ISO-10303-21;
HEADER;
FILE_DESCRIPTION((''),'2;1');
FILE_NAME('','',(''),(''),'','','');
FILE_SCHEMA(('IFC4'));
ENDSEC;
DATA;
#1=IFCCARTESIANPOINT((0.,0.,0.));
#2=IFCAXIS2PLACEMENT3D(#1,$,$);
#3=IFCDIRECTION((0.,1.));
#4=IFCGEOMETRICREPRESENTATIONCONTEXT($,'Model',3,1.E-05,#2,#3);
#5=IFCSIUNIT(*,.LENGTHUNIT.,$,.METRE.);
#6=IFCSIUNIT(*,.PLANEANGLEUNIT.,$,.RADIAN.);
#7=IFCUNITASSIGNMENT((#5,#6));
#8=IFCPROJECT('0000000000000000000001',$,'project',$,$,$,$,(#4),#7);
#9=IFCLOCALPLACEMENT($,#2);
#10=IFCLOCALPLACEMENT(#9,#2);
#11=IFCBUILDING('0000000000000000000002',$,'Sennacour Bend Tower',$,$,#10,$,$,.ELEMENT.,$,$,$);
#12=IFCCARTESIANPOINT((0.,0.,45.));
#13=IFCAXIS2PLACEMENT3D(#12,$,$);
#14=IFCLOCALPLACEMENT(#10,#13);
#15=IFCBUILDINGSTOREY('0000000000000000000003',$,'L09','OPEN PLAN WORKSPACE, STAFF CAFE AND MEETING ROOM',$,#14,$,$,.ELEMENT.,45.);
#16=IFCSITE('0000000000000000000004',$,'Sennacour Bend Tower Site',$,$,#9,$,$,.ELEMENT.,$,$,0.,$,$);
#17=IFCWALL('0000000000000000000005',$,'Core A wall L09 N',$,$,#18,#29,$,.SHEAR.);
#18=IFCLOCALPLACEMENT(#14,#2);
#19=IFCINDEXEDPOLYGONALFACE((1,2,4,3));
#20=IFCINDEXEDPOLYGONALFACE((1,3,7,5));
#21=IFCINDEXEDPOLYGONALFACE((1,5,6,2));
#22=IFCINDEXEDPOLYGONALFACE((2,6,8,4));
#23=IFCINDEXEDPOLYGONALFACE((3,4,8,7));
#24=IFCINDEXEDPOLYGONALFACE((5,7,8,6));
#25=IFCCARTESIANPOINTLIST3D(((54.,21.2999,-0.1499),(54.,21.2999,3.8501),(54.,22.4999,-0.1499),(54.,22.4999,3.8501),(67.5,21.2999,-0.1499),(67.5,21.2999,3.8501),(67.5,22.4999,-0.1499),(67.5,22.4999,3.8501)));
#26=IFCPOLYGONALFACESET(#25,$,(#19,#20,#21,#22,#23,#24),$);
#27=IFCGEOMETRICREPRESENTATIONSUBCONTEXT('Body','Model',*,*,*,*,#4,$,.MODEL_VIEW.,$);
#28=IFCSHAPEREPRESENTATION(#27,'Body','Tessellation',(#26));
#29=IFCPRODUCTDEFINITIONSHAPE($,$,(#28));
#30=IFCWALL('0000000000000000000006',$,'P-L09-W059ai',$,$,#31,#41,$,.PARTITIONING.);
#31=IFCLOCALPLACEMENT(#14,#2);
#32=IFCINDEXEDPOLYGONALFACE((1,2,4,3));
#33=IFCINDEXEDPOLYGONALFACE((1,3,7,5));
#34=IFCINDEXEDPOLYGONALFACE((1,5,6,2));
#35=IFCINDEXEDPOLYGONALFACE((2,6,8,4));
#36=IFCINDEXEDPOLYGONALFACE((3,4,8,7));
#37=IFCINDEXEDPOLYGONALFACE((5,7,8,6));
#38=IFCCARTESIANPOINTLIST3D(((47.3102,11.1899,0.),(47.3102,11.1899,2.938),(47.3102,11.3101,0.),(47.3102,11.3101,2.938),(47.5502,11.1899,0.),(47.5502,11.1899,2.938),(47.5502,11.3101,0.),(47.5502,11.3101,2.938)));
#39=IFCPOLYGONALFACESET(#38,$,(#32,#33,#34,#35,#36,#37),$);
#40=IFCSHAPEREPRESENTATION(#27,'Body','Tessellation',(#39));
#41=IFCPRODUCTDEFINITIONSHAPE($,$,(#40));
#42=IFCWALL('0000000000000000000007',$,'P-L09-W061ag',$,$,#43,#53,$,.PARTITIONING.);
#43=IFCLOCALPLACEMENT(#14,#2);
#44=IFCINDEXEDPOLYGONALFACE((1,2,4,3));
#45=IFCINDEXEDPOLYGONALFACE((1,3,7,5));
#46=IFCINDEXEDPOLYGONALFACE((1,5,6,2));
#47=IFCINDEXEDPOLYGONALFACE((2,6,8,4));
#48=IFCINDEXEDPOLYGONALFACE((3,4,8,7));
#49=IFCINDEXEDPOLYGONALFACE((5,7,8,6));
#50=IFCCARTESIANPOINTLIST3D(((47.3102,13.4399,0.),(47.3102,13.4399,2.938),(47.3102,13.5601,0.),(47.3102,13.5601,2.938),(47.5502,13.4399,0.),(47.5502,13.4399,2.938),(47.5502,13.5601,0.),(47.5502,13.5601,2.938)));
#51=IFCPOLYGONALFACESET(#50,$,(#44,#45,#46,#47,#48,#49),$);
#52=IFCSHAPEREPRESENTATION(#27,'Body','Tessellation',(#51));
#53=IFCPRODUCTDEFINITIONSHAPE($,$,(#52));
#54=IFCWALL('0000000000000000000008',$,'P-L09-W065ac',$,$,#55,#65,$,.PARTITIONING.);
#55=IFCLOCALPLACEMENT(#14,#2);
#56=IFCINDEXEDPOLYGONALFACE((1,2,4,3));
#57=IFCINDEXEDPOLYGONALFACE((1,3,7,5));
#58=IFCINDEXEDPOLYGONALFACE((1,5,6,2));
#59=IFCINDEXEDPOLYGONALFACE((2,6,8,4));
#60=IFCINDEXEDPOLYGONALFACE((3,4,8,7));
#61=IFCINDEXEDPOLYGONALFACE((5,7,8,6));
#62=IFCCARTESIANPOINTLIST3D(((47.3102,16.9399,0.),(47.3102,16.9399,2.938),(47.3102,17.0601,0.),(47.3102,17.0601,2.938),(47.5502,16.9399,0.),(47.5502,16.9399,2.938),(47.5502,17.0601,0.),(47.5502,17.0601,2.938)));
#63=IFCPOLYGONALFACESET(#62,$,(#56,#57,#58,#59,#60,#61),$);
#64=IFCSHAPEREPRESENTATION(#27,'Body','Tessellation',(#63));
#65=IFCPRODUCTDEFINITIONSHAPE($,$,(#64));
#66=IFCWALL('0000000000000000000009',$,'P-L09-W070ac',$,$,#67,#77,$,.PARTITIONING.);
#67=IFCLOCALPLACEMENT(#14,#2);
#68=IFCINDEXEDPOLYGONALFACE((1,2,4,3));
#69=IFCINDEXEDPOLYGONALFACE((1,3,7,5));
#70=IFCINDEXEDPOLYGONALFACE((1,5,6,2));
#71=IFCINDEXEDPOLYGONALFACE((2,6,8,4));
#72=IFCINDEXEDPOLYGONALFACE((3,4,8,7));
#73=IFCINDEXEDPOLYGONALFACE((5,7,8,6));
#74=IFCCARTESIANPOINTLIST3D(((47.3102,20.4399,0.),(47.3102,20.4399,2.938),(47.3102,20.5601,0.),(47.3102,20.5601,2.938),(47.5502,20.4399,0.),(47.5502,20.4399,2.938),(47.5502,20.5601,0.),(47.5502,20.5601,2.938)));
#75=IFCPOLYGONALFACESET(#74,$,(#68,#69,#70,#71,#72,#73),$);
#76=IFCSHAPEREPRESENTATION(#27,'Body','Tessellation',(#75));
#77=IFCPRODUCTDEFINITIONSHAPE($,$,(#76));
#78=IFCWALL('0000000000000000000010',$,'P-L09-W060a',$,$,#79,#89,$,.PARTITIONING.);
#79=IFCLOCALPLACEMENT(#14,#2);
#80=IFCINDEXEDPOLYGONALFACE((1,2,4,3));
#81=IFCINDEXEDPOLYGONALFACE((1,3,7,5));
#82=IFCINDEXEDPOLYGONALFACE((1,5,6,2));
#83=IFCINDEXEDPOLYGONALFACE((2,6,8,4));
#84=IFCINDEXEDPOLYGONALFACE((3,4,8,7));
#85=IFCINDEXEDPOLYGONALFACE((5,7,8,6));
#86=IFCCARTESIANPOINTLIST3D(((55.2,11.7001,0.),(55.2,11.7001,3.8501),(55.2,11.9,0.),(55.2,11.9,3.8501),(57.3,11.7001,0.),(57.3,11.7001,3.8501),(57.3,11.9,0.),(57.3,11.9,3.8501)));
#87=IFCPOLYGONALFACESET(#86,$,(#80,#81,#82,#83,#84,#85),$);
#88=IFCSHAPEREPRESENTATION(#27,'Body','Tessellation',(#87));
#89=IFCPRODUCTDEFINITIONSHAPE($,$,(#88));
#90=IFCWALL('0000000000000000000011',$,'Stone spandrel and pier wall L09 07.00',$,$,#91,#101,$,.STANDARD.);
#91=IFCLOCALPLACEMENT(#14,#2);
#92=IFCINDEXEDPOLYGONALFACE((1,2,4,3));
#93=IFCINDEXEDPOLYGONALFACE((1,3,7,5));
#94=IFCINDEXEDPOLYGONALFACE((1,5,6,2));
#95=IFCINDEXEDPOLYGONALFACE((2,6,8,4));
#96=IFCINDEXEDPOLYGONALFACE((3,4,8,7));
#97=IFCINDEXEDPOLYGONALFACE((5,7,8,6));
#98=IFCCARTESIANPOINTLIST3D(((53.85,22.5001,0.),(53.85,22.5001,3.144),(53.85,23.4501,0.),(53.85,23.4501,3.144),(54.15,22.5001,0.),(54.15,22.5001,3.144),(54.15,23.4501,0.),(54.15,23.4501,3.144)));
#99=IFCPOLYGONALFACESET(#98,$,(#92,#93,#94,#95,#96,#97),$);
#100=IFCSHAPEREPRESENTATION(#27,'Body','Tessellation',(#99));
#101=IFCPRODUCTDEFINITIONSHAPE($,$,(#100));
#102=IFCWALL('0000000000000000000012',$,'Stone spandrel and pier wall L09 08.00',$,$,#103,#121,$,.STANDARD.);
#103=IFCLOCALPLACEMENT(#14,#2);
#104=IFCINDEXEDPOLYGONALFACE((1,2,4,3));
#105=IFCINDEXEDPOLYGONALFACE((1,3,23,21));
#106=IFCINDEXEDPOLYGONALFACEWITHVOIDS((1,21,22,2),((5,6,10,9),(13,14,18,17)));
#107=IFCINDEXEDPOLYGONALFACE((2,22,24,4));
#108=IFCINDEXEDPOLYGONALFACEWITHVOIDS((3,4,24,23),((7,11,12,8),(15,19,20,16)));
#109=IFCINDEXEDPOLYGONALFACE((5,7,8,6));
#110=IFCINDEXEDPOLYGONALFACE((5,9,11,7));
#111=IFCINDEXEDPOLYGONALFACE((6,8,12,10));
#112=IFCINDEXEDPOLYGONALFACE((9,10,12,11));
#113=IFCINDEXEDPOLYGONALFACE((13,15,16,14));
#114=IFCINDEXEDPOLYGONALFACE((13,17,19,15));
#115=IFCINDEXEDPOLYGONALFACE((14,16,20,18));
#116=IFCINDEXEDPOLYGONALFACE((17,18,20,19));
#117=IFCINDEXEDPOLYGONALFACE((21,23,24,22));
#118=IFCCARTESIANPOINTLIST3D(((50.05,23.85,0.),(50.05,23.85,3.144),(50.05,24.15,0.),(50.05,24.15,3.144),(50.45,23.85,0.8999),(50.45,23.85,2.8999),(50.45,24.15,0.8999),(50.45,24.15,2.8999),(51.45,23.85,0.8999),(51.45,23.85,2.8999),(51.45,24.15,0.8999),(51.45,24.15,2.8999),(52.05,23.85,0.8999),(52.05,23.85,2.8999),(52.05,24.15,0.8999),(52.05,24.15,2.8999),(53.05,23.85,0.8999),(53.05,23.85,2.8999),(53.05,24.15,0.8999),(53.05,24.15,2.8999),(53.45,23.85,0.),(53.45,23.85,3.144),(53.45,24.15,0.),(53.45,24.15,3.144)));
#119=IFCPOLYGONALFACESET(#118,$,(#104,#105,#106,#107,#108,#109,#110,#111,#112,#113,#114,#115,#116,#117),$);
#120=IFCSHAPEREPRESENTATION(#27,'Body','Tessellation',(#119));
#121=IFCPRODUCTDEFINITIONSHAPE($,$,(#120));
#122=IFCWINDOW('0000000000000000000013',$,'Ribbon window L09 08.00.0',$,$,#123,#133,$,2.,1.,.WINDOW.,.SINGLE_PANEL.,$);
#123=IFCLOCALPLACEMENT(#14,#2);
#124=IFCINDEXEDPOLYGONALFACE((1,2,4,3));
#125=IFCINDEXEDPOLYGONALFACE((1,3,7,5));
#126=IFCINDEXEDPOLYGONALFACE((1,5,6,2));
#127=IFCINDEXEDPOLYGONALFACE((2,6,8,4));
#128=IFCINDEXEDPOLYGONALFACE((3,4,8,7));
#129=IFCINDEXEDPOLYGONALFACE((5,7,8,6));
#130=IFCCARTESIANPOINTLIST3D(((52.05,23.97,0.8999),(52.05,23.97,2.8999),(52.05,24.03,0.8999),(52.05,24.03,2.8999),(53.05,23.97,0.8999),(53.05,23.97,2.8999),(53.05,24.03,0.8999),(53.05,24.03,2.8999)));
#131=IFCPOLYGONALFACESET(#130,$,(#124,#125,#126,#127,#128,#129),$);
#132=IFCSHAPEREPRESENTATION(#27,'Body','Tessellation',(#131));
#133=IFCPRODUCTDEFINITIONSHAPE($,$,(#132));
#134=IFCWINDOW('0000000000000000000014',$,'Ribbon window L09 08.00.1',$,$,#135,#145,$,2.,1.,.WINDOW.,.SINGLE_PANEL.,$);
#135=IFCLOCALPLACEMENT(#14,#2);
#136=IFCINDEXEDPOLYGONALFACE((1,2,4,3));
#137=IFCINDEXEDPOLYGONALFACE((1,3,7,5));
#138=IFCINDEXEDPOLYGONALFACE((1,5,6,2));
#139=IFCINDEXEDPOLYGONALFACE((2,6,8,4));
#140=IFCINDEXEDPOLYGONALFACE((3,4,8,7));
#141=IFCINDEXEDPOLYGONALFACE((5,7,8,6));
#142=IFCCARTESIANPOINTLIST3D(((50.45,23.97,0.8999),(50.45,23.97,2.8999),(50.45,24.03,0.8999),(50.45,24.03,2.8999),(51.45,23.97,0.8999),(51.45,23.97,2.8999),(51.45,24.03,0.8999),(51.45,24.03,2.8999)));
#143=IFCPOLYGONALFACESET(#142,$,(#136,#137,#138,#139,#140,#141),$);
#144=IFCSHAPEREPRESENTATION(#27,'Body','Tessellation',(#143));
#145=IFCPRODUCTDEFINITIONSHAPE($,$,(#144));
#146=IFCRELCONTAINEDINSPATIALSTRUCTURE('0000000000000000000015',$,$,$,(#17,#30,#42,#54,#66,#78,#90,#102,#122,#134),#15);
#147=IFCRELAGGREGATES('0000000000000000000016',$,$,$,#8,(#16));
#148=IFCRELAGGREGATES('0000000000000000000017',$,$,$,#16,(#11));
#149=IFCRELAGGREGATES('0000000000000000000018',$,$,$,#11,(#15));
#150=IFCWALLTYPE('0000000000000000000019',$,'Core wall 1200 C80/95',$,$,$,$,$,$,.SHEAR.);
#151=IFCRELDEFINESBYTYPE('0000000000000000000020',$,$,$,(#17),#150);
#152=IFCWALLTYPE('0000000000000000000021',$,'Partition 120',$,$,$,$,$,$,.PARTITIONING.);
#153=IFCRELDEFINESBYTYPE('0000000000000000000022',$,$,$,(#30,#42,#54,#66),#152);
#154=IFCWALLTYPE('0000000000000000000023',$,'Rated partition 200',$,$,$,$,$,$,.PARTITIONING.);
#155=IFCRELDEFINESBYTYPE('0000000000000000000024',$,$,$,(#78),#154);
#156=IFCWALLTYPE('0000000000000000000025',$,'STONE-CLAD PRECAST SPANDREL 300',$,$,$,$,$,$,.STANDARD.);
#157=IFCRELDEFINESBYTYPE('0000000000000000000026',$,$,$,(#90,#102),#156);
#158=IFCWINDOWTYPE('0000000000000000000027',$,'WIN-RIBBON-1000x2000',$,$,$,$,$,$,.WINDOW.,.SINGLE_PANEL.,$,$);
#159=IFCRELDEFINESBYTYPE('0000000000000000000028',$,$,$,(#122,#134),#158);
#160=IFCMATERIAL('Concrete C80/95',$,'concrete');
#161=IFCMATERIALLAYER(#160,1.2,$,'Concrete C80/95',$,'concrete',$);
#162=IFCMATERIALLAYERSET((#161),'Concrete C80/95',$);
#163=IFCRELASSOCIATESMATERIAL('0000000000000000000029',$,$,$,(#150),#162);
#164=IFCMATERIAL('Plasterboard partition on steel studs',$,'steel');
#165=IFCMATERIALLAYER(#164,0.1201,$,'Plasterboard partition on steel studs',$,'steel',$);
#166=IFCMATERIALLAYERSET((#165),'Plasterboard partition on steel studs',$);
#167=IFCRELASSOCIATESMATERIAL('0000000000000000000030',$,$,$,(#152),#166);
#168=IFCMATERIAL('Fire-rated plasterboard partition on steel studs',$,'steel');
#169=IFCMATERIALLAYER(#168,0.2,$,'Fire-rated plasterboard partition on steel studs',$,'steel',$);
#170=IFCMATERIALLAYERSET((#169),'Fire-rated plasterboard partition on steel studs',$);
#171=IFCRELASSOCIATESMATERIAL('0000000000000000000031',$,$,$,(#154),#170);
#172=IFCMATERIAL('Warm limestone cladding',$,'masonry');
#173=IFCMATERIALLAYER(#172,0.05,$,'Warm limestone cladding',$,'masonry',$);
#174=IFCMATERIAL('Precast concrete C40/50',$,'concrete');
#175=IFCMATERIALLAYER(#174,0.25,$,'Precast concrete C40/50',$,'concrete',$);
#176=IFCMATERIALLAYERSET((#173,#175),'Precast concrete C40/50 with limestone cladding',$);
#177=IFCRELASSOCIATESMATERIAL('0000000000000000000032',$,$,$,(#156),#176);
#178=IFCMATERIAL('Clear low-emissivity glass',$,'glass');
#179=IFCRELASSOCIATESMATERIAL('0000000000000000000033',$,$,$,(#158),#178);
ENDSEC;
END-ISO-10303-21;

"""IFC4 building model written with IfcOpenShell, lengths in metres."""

from ifc_helpers import new_model, si_unit, direction, frame, frame_2d, origin, place, context, subcontext, project, spatial, rectangle, extrude, material, layer, layer_set, type_object, element, fill, save


model = new_model("IFC4")

# Units and contexts
model_context = context("Model", 3, precision=1e-05, world=origin(), true_north=direction((0.0, 1.0)))
body_context = subcontext(model_context, "Body", "Model", "MODEL_VIEW")
ifc_project = project(units=[si_unit("LENGTHUNIT", "METRE"), si_unit("PLANEANGLEUNIT", "RADIAN")], contexts=[model_context])

# Site, building, storey
site_placement = place(None, origin())
site = spatial("IfcSite", under=ifc_project, at=site_placement, Name="Sennacour Bend Tower Site", CompositionType="ELEMENT", RefElevation=0.0)
building_placement = place(site_placement, origin())
building = spatial("IfcBuilding", under=site, at=building_placement, Name="Sennacour Bend Tower", CompositionType="ELEMENT")
storey_placement = place(building_placement, frame((0.0, 0.0, 45.0)))
storey = spatial("IfcBuildingStorey", under=building, at=storey_placement, Name="L09", Description="OPEN PLAN WORKSPACE, STAFF CAFE AND MEETING ROOM", CompositionType="ELEMENT", Elevation=45.0)

# Walls
ifc_material_1 = material(Name="Concrete C80/95", Category="concrete")
ifc_layer_1 = layer(ifc_material_1, 1.2, Name="Concrete C80/95", Category="concrete")
ifc_layer_set_1 = layer_set([ifc_layer_1], Name="Concrete C80/95")
wall_type_1 = type_object("IfcWallType", Name="Core wall 1200 C80/95", PredefinedType="SHEAR", material=ifc_layer_set_1)
wall_1_placement = place(storey_placement, frame((54.0, 21.8999, -0.1499), z_axis=(0.0, 0.0, 1.0), x_axis=(1.0, 0.0, 0.0)))
element("IfcWall", 1, at=wall_1_placement, inside=storey, type_object=wall_type_1, Name="Core A wall L09 N", PredefinedType="SHEAR", context=body_context, shape_type="SweptSolid", body=[
    extrude(rectangle(XDim=13.5, YDim=1.2, at=frame_2d((6.75, 0.0))), origin(), (0.0, 0.0, 1.0), 4.0),
])
ifc_material_2 = material(Name="Plasterboard partition on steel studs", Category="steel")
ifc_layer_2 = layer(ifc_material_2, 0.1201, Name="Plasterboard partition on steel studs", Category="steel")
ifc_layer_set_2 = layer_set([ifc_layer_2], Name="Plasterboard partition on steel studs")
wall_type_2 = type_object("IfcWallType", Name="Partition 120", PredefinedType="PARTITIONING", material=ifc_layer_set_2)
for number, where, z_axis, x_axis, name in (
    (2, (47.3101, 11.25, 0.0), (0.0, 0.0, 1.0), (1.0, 0.0, 0.0), "P-L09-W059ai"),
    (3, (47.3101, 13.5, 0.0), (0.0, 0.0, 1.0), (1.0, 0.0, 0.0), "P-L09-W061ag"),
    (4, (47.3101, 17.0, 0.0), (0.0, 0.0, 1.0), (1.0, 0.0, 0.0), "P-L09-W065ac"),
    (5, (47.3101, 20.5, 0.0), (0.0, 0.0, 1.0), (1.0, 0.0, 0.0), "P-L09-W070ac"),
):
    element("IfcWall", number, at=place(storey_placement, frame(where, z_axis=z_axis, x_axis=x_axis)), inside=storey, type_object=wall_type_2, Name=name, PredefinedType="PARTITIONING", context=body_context, shape_type="SweptSolid", body=[
        extrude(rectangle(XDim=0.24, YDim=0.1201, at=frame_2d((0.1201, 0.0))), origin(), (0.0, 0.0, 1.0), 2.938),
    ])
ifc_material_3 = material(Name="Fire-rated plasterboard partition on steel studs", Category="steel")
ifc_layer_3 = layer(ifc_material_3, 0.2, Name="Fire-rated plasterboard partition on steel studs", Category="steel")
ifc_layer_set_3 = layer_set([ifc_layer_3], Name="Fire-rated plasterboard partition on steel studs")
wall_type_3 = type_object("IfcWallType", Name="Rated partition 200", PredefinedType="PARTITIONING", material=ifc_layer_set_3)
wall_2_placement = place(storey_placement, frame((55.2, 11.8, 0.0), z_axis=(0.0, 0.0, 1.0), x_axis=(1.0, 0.0, 0.0)))
element("IfcWall", 6, at=wall_2_placement, inside=storey, type_object=wall_type_3, Name="P-L09-W060a", PredefinedType="PARTITIONING", context=body_context, shape_type="SweptSolid", body=[
    extrude(rectangle(XDim=2.1001, YDim=0.2, at=frame_2d((1.05, 0.0))), origin(), (0.0, 0.0, 1.0), 3.8501),
])
ifc_material_4 = material(Name="Warm limestone cladding", Category="masonry")
ifc_layer_4 = layer(ifc_material_4, 0.05, Name="Warm limestone cladding", Category="masonry")
ifc_material_5 = material(Name="Precast concrete C40/50", Category="concrete")
ifc_layer_5 = layer(ifc_material_5, 0.25, Name="Precast concrete C40/50", Category="concrete")
ifc_layer_set_4 = layer_set([ifc_layer_4, ifc_layer_5], Name="Precast concrete C40/50 with limestone cladding")
wall_type_4 = type_object("IfcWallType", Name="STONE-CLAD PRECAST SPANDREL 300", PredefinedType="STANDARD", material=ifc_layer_set_4)
wall_3_placement = place(storey_placement, frame((54.0, 22.5, 0.0), z_axis=(0.0, 0.0, 1.0), x_axis=(0.0, 1.0, 0.0)))
element("IfcWall", 7, at=wall_3_placement, inside=storey, type_object=wall_type_4, Name="Stone spandrel and pier wall L09 07.00", PredefinedType="STANDARD", context=body_context, shape_type="SweptSolid", body=[
    extrude(rectangle(XDim=0.95, YDim=0.3, at=frame_2d((0.4751, 0.0))), origin(), (0.0, 0.0, 1.0), 3.144),
])

# Wall, openings, windows
wall_4_placement = place(storey_placement, frame((53.45, 24.0, 0.0), z_axis=(0.0, 0.0, 1.0), x_axis=(-1.0, 0.0, 0.0)))
wall_4 = element("IfcWall", 8, at=wall_4_placement, inside=storey, type_object=wall_type_4, Name="Stone spandrel and pier wall L09 08.00", PredefinedType="STANDARD", context=body_context, shape_type="SweptSolid", body=[
    extrude(rectangle(XDim=3.3999, YDim=0.3, at=frame_2d((1.7, 0.0))), origin(), (0.0, 0.0, 1.0), 3.144),
])
opening_1_placement = place(wall_4_placement, frame((0.3999, 0.0, 0.8999)))
opening_1 = element("IfcOpeningElement", 9, at=opening_1_placement, cuts=wall_4, PredefinedType="OPENING", context=body_context, shape_type="SweptSolid", body=[
    extrude(rectangle(XDim=1.0, YDim=2.0, at=frame_2d((0.5, 1.0))), frame((0.0, 0.1602, 0.0), z_axis=(0.0, -1.0, 0.0), x_axis=(1.0, 0.0, 0.0)), (0.0, 0.0, 1.0), 0.3201),
])
opening_2_placement = place(wall_4_placement, frame((2.0, 0.0, 0.8999)))
opening_2 = element("IfcOpeningElement", 10, at=opening_2_placement, cuts=wall_4, PredefinedType="OPENING", context=body_context, shape_type="SweptSolid", body=[
    extrude(rectangle(XDim=1.0, YDim=2.0, at=frame_2d((0.5, 1.0))), frame((0.0, 0.1602, 0.0), z_axis=(0.0, -1.0, 0.0), x_axis=(1.0, 0.0, 0.0)), (0.0, 0.0, 1.0), 0.3201),
])
ifc_material_6 = material(Name="Clear low-emissivity glass", Category="glass")
window_type = type_object("IfcWindowType", Name="WIN-RIBBON-1000x2000", PartitioningType="SINGLE_PANEL", PredefinedType="WINDOW", material=ifc_material_6)
window_1_placement = place(opening_1_placement, origin())
window_1 = element("IfcWindow", 11, at=window_1_placement, inside=storey, type_object=window_type, Name="Ribbon window L09 08.00.0", OverallHeight=2.0, OverallWidth=1.0, PartitioningType="SINGLE_PANEL", PredefinedType="WINDOW", context=body_context, shape_type="SweptSolid", body=[
    extrude(rectangle(XDim=1.0, YDim=2.0, at=frame_2d((0.5, 1.0))), frame((0.0, 0.03, 0.0), z_axis=(0.0, -1.0, 0.0), x_axis=(1.0, 0.0, 0.0)), (0.0, 0.0, 1.0), 0.0601),
])
fill(opening_1, window_1)
window_2_placement = place(opening_2_placement, origin())
window_2 = element("IfcWindow", 12, at=window_2_placement, inside=storey, type_object=window_type, Name="Ribbon window L09 08.00.1", OverallHeight=2.0, OverallWidth=1.0, PartitioningType="SINGLE_PANEL", PredefinedType="WINDOW", context=body_context, shape_type="SweptSolid", body=[
    extrude(rectangle(XDim=1.0, YDim=2.0, at=frame_2d((0.5, 1.0))), frame((0.0, 0.03, 0.0), z_axis=(0.0, -1.0, 0.0), x_axis=(1.0, 0.0, 0.0)), (0.0, 0.0, 1.0), 0.0601),
])
fill(opening_2, window_2)

save(model, "model.ifc")
